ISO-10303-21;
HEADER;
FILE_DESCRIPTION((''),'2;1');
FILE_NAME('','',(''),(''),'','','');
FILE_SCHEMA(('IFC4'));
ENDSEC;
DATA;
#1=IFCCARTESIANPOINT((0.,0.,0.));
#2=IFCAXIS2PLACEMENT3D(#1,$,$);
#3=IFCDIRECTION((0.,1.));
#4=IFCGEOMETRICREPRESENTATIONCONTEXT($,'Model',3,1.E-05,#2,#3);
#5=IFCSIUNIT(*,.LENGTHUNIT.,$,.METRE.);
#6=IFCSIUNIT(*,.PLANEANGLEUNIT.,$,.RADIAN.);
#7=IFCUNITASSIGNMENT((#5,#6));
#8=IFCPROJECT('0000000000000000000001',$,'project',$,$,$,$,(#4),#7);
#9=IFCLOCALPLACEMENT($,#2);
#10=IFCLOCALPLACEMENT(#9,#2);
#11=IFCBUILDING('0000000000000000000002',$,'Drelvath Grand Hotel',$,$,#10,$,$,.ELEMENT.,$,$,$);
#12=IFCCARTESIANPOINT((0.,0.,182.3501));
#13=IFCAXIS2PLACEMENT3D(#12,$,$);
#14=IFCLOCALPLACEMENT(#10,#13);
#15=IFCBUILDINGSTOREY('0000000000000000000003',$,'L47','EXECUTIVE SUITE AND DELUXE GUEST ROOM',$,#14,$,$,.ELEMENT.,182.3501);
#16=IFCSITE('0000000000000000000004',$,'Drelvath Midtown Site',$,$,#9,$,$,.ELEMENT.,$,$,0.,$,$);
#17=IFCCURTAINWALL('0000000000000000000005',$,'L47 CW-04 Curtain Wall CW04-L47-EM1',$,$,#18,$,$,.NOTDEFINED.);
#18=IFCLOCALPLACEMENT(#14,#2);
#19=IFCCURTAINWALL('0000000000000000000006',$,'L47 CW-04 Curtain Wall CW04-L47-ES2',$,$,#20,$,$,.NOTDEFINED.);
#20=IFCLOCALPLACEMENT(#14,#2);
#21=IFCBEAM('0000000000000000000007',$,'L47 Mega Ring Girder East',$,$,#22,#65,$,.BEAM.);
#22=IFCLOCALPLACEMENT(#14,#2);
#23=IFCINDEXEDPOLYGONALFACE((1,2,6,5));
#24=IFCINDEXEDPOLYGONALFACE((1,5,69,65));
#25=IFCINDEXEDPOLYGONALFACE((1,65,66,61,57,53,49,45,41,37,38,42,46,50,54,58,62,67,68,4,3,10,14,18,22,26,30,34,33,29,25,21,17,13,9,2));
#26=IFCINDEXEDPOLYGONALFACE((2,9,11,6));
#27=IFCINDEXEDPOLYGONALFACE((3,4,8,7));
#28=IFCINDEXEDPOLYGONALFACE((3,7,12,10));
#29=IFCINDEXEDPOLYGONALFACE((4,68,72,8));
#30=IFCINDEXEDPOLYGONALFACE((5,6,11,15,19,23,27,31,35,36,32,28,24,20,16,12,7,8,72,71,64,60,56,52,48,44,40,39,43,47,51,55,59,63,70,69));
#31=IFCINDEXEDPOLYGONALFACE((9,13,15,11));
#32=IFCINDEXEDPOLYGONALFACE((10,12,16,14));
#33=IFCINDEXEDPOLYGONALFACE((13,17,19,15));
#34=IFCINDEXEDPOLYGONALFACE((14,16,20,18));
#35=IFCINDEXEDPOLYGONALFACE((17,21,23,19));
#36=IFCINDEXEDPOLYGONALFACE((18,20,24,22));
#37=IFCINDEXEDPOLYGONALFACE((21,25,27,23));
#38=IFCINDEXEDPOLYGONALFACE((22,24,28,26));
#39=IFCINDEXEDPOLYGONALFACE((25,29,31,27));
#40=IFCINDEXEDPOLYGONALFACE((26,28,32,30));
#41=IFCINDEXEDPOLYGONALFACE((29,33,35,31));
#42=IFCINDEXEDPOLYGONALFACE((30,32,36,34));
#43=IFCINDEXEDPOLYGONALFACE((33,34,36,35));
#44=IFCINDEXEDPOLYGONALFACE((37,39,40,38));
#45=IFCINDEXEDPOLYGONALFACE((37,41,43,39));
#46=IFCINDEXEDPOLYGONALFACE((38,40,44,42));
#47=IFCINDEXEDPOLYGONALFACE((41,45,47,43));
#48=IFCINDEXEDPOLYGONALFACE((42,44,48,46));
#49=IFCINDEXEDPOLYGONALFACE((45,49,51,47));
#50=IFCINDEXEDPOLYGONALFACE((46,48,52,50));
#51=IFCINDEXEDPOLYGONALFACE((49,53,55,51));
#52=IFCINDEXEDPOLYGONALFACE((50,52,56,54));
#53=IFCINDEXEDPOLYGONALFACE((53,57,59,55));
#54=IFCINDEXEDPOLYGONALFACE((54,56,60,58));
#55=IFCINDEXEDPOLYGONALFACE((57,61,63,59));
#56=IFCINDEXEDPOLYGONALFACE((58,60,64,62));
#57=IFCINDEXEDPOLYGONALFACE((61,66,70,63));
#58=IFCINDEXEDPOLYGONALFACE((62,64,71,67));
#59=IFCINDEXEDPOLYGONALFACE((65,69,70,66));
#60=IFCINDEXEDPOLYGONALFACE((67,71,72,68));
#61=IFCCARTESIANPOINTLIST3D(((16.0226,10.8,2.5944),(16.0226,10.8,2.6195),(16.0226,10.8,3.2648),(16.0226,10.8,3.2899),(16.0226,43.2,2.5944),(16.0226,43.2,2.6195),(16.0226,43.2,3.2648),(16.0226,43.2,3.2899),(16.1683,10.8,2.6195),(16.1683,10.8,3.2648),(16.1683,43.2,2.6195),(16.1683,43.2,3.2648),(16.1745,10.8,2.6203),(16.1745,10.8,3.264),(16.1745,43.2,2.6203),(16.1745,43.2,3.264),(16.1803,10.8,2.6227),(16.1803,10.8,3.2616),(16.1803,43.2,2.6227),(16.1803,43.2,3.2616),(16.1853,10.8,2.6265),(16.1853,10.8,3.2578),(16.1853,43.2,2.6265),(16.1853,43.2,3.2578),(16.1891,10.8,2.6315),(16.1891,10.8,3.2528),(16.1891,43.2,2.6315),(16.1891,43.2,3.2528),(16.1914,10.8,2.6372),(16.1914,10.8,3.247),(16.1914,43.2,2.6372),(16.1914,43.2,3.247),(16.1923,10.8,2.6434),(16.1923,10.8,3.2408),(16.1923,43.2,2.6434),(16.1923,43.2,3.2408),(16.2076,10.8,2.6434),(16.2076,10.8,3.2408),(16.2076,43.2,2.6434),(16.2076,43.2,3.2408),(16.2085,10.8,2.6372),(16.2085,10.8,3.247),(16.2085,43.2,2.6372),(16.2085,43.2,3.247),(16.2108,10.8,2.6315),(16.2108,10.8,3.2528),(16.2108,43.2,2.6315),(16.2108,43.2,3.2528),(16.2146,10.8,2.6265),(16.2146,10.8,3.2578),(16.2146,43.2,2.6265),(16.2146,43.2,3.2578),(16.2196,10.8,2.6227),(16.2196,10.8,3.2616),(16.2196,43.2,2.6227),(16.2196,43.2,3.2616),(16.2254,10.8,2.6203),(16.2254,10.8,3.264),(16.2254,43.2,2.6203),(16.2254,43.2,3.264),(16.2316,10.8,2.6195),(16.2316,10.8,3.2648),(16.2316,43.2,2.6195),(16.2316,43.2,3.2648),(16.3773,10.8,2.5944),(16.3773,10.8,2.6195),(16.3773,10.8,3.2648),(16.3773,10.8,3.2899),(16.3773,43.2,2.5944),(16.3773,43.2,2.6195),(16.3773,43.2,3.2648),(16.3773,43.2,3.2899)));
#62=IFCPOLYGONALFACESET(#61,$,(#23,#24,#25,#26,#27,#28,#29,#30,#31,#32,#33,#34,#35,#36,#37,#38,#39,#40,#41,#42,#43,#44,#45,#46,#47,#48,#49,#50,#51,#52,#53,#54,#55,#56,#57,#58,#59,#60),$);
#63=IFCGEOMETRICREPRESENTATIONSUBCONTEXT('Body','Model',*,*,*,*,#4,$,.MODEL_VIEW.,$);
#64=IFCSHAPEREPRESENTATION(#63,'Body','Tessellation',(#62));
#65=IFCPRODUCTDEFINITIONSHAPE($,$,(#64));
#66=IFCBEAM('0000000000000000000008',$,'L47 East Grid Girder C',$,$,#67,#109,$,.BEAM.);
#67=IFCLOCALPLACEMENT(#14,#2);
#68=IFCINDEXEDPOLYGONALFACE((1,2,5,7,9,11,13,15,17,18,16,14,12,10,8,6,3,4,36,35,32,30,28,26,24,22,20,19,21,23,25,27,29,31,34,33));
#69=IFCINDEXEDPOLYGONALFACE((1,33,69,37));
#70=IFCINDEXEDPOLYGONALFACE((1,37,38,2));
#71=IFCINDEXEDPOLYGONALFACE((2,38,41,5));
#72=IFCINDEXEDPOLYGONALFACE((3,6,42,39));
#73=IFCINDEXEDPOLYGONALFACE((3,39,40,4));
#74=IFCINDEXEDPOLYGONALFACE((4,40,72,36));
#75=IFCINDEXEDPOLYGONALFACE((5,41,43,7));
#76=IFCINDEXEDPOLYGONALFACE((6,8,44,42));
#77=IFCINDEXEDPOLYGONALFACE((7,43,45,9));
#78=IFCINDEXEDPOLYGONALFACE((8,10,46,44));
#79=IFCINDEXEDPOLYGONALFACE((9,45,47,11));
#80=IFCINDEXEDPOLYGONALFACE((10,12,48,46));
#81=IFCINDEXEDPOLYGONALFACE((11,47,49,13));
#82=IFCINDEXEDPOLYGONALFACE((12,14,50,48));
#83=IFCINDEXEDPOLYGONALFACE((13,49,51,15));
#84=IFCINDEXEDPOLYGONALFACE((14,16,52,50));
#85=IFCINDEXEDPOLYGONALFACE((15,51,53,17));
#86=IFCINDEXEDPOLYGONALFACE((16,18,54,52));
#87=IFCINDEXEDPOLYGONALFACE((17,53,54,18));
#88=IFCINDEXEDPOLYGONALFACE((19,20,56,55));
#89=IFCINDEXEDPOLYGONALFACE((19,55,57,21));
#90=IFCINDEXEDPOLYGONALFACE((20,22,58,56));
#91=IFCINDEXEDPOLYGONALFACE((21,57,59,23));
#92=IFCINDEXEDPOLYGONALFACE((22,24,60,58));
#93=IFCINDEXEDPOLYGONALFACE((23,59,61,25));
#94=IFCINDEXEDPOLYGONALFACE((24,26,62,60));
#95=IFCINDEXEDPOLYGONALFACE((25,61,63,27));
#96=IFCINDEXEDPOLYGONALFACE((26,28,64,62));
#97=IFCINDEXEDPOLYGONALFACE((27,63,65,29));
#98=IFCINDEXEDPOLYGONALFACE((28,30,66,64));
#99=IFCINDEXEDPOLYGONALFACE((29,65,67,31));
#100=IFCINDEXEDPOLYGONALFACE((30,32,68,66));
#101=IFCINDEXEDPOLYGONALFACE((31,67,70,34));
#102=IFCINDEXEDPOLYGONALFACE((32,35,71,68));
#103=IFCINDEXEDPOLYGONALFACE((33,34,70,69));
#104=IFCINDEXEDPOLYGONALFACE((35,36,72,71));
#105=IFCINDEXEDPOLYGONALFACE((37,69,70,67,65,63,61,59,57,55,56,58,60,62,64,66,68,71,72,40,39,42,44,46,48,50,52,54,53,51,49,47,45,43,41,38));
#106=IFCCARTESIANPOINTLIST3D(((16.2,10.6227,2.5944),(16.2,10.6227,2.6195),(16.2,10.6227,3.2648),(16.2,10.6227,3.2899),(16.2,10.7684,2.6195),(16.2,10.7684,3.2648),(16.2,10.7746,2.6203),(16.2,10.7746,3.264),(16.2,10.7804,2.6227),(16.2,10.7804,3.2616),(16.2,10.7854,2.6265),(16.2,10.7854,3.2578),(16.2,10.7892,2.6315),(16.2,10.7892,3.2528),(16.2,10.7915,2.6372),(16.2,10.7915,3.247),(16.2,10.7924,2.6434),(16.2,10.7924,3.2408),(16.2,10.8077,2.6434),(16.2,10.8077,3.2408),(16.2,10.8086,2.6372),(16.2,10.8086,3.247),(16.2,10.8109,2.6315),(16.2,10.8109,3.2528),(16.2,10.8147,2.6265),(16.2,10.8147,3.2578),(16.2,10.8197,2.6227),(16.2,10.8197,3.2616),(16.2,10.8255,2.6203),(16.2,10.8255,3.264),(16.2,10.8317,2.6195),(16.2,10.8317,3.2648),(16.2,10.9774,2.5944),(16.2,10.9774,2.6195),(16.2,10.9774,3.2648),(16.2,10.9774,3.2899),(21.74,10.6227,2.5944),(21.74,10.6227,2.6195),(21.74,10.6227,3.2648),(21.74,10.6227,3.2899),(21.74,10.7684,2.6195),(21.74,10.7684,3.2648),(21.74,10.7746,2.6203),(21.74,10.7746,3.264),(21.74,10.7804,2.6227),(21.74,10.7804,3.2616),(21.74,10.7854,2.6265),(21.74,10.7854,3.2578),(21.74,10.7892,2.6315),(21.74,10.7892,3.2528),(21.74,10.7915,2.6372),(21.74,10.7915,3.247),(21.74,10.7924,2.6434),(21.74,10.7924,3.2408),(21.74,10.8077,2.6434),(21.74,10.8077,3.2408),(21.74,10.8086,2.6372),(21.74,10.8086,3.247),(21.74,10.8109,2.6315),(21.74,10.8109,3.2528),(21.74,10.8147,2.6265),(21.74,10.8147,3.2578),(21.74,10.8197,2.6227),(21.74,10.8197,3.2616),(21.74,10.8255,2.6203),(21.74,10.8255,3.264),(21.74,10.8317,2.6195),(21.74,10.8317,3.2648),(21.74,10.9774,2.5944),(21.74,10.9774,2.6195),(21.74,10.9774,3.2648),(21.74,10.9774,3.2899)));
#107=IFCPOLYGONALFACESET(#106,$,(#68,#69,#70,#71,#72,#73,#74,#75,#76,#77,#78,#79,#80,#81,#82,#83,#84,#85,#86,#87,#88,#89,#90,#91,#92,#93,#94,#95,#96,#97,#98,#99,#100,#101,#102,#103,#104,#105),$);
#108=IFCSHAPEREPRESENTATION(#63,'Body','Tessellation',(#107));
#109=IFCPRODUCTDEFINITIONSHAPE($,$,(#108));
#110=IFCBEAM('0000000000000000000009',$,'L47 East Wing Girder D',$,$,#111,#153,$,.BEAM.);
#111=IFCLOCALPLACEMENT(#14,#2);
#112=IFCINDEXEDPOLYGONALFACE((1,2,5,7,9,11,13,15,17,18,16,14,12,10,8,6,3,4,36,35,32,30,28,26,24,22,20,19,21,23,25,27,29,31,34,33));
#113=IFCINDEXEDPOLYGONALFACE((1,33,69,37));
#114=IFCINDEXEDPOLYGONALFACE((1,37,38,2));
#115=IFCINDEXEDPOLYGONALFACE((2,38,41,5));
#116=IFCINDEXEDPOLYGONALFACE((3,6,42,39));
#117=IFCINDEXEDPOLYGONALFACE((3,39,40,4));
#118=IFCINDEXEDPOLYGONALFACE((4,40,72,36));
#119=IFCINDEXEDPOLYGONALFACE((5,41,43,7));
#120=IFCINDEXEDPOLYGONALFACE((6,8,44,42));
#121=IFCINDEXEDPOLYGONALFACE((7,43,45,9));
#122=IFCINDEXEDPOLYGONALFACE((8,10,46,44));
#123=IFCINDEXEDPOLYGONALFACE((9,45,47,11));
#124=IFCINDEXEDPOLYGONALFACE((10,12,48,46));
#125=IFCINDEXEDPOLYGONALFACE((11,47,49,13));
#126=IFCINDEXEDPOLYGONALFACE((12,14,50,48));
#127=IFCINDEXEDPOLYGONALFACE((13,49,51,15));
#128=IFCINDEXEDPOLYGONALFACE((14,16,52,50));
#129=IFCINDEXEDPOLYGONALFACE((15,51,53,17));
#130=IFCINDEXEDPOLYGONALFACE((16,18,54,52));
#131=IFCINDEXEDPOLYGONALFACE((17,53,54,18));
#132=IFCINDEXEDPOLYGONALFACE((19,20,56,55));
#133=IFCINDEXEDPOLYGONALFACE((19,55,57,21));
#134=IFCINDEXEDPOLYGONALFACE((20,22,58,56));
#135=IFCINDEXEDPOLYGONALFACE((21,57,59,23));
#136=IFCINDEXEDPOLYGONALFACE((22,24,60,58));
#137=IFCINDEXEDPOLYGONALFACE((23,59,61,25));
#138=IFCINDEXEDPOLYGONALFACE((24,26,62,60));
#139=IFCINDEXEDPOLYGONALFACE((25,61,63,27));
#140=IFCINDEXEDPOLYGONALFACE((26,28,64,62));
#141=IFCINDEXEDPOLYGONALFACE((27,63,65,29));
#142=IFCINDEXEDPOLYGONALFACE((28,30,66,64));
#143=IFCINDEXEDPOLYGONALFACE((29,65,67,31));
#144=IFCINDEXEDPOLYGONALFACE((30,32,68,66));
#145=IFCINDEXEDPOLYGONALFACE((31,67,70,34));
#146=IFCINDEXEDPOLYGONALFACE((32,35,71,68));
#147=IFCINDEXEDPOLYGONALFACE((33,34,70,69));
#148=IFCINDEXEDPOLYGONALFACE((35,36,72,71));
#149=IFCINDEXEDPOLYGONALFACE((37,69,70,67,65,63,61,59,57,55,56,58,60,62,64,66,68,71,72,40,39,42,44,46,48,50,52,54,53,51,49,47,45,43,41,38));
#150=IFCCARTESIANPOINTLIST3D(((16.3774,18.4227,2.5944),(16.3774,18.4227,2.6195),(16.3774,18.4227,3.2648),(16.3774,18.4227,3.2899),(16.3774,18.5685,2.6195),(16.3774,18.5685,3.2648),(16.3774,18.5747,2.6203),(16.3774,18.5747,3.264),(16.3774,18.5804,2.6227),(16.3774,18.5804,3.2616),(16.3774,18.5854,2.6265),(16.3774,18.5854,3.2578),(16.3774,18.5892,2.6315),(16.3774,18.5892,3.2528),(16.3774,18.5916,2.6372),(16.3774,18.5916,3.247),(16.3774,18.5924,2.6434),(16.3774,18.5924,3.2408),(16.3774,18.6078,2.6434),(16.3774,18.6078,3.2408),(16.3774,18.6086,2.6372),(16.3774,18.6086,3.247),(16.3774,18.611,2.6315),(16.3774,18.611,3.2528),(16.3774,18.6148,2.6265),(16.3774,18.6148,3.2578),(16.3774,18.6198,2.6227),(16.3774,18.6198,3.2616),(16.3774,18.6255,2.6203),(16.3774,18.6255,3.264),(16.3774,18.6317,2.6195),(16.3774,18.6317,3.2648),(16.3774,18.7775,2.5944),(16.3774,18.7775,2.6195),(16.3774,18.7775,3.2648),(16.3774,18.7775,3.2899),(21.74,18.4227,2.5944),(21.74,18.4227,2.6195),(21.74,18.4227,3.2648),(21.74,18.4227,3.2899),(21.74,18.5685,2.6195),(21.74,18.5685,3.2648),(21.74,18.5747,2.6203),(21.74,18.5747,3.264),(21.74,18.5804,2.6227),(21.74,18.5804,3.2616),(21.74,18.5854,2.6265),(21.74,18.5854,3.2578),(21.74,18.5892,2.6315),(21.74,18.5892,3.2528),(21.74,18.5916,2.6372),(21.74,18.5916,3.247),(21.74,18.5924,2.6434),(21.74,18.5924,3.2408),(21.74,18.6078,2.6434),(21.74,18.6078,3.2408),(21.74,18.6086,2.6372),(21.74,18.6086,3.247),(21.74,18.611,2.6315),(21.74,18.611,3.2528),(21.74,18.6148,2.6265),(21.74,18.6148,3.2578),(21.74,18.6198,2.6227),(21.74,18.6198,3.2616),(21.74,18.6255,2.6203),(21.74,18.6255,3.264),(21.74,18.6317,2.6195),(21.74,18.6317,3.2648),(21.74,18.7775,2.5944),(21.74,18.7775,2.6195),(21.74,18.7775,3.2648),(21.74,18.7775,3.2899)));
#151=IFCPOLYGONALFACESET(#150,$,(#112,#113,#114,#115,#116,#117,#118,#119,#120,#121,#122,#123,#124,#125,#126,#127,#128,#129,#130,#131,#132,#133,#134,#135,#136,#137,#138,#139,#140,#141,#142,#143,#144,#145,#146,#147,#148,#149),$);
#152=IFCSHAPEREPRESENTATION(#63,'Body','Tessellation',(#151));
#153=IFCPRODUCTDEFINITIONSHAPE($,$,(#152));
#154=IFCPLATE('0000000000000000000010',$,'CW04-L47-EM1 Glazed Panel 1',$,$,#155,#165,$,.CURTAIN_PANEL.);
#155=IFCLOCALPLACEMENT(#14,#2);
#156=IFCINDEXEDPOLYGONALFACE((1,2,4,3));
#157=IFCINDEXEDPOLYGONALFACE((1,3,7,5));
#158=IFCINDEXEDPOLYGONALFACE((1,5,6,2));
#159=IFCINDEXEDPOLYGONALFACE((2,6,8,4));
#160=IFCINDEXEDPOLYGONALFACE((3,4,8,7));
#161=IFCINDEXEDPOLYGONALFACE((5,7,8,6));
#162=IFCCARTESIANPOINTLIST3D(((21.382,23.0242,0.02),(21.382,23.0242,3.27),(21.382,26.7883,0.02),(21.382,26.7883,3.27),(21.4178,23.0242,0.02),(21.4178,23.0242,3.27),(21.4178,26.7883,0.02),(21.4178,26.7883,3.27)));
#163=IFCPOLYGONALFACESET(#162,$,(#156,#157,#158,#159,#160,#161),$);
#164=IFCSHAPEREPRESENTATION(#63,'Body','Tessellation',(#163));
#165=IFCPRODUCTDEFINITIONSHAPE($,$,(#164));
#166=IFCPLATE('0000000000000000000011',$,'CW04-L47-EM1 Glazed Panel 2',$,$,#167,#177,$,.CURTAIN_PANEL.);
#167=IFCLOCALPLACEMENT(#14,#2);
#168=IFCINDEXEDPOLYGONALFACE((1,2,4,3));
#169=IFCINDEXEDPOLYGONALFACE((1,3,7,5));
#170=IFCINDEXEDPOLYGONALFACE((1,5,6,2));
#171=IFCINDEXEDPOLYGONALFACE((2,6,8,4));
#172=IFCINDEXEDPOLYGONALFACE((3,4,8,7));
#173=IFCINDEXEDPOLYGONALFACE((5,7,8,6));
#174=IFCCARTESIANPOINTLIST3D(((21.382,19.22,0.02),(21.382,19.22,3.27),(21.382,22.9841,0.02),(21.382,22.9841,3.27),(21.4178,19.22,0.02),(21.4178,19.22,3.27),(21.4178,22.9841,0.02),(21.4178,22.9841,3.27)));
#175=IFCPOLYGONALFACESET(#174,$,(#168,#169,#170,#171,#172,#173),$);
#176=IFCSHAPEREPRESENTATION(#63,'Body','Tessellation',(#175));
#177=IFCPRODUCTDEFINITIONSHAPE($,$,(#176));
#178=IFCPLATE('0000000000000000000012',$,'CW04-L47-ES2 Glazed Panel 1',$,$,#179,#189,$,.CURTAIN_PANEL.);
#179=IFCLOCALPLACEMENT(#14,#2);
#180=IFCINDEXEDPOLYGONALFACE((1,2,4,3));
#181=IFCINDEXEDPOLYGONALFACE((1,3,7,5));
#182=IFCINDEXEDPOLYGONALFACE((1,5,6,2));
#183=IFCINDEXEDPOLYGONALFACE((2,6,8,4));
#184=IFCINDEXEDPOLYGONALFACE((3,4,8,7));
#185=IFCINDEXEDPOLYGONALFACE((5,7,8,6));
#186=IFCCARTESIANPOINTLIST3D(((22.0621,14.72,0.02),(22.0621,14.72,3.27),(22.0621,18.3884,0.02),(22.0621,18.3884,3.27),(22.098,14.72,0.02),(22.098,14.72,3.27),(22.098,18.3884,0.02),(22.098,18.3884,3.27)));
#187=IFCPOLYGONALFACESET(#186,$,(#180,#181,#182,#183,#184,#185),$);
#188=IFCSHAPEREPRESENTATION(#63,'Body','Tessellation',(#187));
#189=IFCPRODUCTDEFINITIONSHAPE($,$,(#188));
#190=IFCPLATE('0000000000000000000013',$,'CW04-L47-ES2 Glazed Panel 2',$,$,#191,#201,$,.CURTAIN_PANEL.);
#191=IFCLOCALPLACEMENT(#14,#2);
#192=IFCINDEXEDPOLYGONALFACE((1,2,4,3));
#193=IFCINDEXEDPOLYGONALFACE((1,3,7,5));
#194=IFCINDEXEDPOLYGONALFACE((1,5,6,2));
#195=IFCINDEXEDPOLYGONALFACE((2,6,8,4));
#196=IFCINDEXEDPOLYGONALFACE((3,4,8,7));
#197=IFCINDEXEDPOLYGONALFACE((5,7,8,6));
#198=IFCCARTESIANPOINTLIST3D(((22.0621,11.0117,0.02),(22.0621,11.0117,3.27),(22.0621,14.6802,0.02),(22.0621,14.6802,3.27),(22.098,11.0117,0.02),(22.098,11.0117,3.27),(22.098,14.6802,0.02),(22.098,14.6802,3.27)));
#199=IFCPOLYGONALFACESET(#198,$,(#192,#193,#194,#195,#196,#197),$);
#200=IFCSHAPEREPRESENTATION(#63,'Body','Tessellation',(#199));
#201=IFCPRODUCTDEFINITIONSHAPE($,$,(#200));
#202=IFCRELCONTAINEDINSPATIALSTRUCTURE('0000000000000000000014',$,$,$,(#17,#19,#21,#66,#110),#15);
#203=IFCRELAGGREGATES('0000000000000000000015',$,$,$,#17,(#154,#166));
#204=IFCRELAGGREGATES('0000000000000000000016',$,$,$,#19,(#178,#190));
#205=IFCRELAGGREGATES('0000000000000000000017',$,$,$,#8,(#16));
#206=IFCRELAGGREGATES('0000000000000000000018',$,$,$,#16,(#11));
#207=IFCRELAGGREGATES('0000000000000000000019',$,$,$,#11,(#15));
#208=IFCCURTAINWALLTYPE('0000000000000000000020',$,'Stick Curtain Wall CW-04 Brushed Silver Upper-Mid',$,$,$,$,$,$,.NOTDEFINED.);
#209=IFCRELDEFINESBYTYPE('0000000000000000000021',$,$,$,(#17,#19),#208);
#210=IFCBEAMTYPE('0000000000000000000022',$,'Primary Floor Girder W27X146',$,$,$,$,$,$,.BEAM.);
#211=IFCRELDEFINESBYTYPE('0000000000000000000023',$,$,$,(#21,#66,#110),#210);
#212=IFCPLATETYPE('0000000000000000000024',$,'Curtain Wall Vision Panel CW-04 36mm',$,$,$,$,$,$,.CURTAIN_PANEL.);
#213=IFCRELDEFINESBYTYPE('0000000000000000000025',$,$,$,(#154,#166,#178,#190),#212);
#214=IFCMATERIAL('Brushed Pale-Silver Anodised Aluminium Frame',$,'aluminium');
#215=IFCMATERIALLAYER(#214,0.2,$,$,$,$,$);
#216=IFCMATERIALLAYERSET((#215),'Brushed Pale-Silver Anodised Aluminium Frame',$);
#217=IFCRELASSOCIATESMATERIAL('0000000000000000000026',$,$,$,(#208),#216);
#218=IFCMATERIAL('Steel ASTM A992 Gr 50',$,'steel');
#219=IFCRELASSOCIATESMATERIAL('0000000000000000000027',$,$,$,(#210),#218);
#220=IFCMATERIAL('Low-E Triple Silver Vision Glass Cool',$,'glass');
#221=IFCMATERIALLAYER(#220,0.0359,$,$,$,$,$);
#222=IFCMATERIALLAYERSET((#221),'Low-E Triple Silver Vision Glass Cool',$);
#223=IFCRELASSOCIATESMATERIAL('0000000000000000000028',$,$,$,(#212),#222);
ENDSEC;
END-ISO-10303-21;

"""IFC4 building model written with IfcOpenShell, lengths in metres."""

from ifc_helpers import new_model, si_unit, direction, frame, origin, origin_2d, place, context, subcontext, project, spatial, rectangle, i_section, extrude, material, layer, layer_set, material_profile, profile_set, type_object, element, aggregate, save


model = new_model("IFC4")

# Units and contexts
model_context = context("Model", 3, precision=1e-05, world=origin(), true_north=direction((0.0, 1.0)))
body_context = subcontext(model_context, "Body", "Model", "MODEL_VIEW")
ifc_project = project(units=[si_unit("LENGTHUNIT", "METRE"), si_unit("PLANEANGLEUNIT", "RADIAN")], contexts=[model_context])

# Site, building, storey
site_placement = place(None, origin())
site = spatial("IfcSite", under=ifc_project, at=site_placement, Name="Drelvath Midtown Site", CompositionType="ELEMENT", RefElevation=0.0)
building_placement = place(site_placement, origin())
building = spatial("IfcBuilding", under=site, at=building_placement, Name="Drelvath Grand Hotel", CompositionType="ELEMENT")
storey_placement = place(building_placement, frame((0.0, 0.0, 182.3501)))
storey = spatial("IfcBuildingStorey", under=building, at=storey_placement, Name="L47", Description="EXECUTIVE SUITE AND DELUXE GUEST ROOM", CompositionType="ELEMENT", Elevation=182.3501)

# Curtain walls
ifc_material_1 = material(Name="Brushed Pale-Silver Anodised Aluminium Frame", Category="aluminium")
ifc_layer_1 = layer(ifc_material_1, 0.2)
ifc_layer_set_1 = layer_set([ifc_layer_1], Name="Brushed Pale-Silver Anodised Aluminium Frame")
curtain_wall_type = type_object("IfcCurtainWallType", Name="Stick Curtain Wall CW-04 Brushed Silver Upper-Mid", PredefinedType="NOTDEFINED", material=ifc_layer_set_1)
curtain_wall_1_placement = place(storey_placement, origin())
curtain_wall_1 = element("IfcCurtainWall", 1, at=curtain_wall_1_placement, inside=storey, type_object=curtain_wall_type, Name="L47 CW-04 Curtain Wall CW04-L47-EM1", PredefinedType="NOTDEFINED")
curtain_wall_2_placement = place(storey_placement, origin())
curtain_wall_2 = element("IfcCurtainWall", 2, at=curtain_wall_2_placement, inside=storey, type_object=curtain_wall_type, Name="L47 CW-04 Curtain Wall CW04-L47-ES2", PredefinedType="NOTDEFINED")

# Beams
ifc_material_2 = material(Name="Steel ASTM A992 Gr 50", Category="steel")
ifc_material_profile_1 = material_profile(ifc_material_2, i_section(OverallWidth=0.3547, OverallDepth=0.6956, WebThickness=0.0154, FlangeThickness=0.0251, FilletRadius=0.0239, at=origin_2d()), Name="W27X146")
ifc_profile_set_1 = profile_set([ifc_material_profile_1], Name="Steel ASTM A992 Gr 50")
beam_type_1 = type_object("IfcBeamType", Name="Primary Floor Girder W27X146", PredefinedType="BEAM", material=ifc_profile_set_1)
beam_1_placement = place(storey_placement, frame((16.2, 10.8, 2.9421), z_axis=(0.0, 1.0, 0.0), x_axis=(-1.0, 0.0, 0.0)))
element("IfcBeam", 3, at=beam_1_placement, inside=storey, type_object=beam_type_1, Name="L47 Mega Ring Girder East", PredefinedType="BEAM", context=body_context, shape_type="SweptSolid", body=[
    extrude(i_section(OverallWidth=0.3547, OverallDepth=0.6956, WebThickness=0.0154, FlangeThickness=0.0251, FilletRadius=0.0239, at=origin_2d()), origin(), (0.0, 0.0, 1.0), 32.3999),
])
beam_2_placement = place(storey_placement, frame((16.2, 10.8, 2.9421), z_axis=(1.0, 0.0, 0.0), x_axis=(0.0, 1.0, 0.0)))
element("IfcBeam", 4, at=beam_2_placement, inside=storey, type_object=beam_type_1, Name="L47 East Grid Girder C", PredefinedType="BEAM", context=body_context, shape_type="SweptSolid", body=[
    extrude(i_section(OverallWidth=0.3547, OverallDepth=0.6956, WebThickness=0.0154, FlangeThickness=0.0251, FilletRadius=0.0239, at=origin_2d()), origin(), (0.0, 0.0, 1.0), 5.54),
])
beam_3_placement = place(storey_placement, frame((16.3774, 18.6001, 2.9421), z_axis=(1.0, 0.0, 0.0), x_axis=(0.0, 1.0, 0.0)))
element("IfcBeam", 5, at=beam_3_placement, inside=storey, type_object=beam_type_1, Name="L47 East Wing Girder D", PredefinedType="BEAM", context=body_context, shape_type="SweptSolid", body=[
    extrude(i_section(OverallWidth=0.3547, OverallDepth=0.6956, WebThickness=0.0154, FlangeThickness=0.0251, FilletRadius=0.0239, at=origin_2d()), origin(), (0.0, 0.0, 1.0), 5.3625),
])

# Plates
ifc_material_3 = material(Name="Low-E Triple Silver Vision Glass Cool", Category="glass")
ifc_layer_2 = layer(ifc_material_3, 0.0359)
ifc_layer_set_2 = layer_set([ifc_layer_2], Name="Low-E Triple Silver Vision Glass Cool")
plate_type = type_object("IfcPlateType", Name="Curtain Wall Vision Panel CW-04 36mm", PredefinedType="CURTAIN_PANEL", material=ifc_layer_set_2)
plate_1_placement = place(storey_placement, frame((21.3999, 24.9062, 0.02), z_axis=(0.0, 0.0, 1.0), x_axis=(0.0, -1.0, 0.0)))
plate_1 = element("IfcPlate", 6, at=plate_1_placement, type_object=plate_type, Name="CW04-L47-EM1 Glazed Panel 1", PredefinedType="CURTAIN_PANEL", context=body_context, shape_type="SweptSolid", body=[
    extrude(rectangle(XDim=3.7642, YDim=0.0359, at=origin_2d()), origin(), (0.0, 0.0, 1.0), 3.25),
])
plate_2_placement = place(storey_placement, frame((21.3999, 21.1021, 0.02), z_axis=(0.0, 0.0, 1.0), x_axis=(0.0, -1.0, 0.0)))
plate_2 = element("IfcPlate", 7, at=plate_2_placement, type_object=plate_type, Name="CW04-L47-EM1 Glazed Panel 2", PredefinedType="CURTAIN_PANEL", context=body_context, shape_type="SweptSolid", body=[
    extrude(rectangle(XDim=3.7642, YDim=0.0359, at=origin_2d()), origin(), (0.0, 0.0, 1.0), 3.25),
])
aggregate(curtain_wall_1, [plate_1, plate_2])
plate_3_placement = place(storey_placement, frame((22.0801, 16.5542, 0.02), z_axis=(0.0, 0.0, 1.0), x_axis=(0.0, -1.0, 0.0)))
plate_3 = element("IfcPlate", 8, at=plate_3_placement, type_object=plate_type, Name="CW04-L47-ES2 Glazed Panel 1", PredefinedType="CURTAIN_PANEL", context=body_context, shape_type="SweptSolid", body=[
    extrude(rectangle(XDim=3.6685, YDim=0.0359, at=origin_2d()), origin(), (0.0, 0.0, 1.0), 3.25),
])
plate_4_placement = place(storey_placement, frame((22.0801, 12.8459, 0.02), z_axis=(0.0, 0.0, 1.0), x_axis=(0.0, -1.0, 0.0)))
plate_4 = element("IfcPlate", 9, at=plate_4_placement, type_object=plate_type, Name="CW04-L47-ES2 Glazed Panel 2", PredefinedType="CURTAIN_PANEL", context=body_context, shape_type="SweptSolid", body=[
    extrude(rectangle(XDim=3.6685, YDim=0.0359, at=origin_2d()), origin(), (0.0, 0.0, 1.0), 3.25),
])
aggregate(curtain_wall_2, [plate_3, plate_4])

save(model, "model.ifc")
